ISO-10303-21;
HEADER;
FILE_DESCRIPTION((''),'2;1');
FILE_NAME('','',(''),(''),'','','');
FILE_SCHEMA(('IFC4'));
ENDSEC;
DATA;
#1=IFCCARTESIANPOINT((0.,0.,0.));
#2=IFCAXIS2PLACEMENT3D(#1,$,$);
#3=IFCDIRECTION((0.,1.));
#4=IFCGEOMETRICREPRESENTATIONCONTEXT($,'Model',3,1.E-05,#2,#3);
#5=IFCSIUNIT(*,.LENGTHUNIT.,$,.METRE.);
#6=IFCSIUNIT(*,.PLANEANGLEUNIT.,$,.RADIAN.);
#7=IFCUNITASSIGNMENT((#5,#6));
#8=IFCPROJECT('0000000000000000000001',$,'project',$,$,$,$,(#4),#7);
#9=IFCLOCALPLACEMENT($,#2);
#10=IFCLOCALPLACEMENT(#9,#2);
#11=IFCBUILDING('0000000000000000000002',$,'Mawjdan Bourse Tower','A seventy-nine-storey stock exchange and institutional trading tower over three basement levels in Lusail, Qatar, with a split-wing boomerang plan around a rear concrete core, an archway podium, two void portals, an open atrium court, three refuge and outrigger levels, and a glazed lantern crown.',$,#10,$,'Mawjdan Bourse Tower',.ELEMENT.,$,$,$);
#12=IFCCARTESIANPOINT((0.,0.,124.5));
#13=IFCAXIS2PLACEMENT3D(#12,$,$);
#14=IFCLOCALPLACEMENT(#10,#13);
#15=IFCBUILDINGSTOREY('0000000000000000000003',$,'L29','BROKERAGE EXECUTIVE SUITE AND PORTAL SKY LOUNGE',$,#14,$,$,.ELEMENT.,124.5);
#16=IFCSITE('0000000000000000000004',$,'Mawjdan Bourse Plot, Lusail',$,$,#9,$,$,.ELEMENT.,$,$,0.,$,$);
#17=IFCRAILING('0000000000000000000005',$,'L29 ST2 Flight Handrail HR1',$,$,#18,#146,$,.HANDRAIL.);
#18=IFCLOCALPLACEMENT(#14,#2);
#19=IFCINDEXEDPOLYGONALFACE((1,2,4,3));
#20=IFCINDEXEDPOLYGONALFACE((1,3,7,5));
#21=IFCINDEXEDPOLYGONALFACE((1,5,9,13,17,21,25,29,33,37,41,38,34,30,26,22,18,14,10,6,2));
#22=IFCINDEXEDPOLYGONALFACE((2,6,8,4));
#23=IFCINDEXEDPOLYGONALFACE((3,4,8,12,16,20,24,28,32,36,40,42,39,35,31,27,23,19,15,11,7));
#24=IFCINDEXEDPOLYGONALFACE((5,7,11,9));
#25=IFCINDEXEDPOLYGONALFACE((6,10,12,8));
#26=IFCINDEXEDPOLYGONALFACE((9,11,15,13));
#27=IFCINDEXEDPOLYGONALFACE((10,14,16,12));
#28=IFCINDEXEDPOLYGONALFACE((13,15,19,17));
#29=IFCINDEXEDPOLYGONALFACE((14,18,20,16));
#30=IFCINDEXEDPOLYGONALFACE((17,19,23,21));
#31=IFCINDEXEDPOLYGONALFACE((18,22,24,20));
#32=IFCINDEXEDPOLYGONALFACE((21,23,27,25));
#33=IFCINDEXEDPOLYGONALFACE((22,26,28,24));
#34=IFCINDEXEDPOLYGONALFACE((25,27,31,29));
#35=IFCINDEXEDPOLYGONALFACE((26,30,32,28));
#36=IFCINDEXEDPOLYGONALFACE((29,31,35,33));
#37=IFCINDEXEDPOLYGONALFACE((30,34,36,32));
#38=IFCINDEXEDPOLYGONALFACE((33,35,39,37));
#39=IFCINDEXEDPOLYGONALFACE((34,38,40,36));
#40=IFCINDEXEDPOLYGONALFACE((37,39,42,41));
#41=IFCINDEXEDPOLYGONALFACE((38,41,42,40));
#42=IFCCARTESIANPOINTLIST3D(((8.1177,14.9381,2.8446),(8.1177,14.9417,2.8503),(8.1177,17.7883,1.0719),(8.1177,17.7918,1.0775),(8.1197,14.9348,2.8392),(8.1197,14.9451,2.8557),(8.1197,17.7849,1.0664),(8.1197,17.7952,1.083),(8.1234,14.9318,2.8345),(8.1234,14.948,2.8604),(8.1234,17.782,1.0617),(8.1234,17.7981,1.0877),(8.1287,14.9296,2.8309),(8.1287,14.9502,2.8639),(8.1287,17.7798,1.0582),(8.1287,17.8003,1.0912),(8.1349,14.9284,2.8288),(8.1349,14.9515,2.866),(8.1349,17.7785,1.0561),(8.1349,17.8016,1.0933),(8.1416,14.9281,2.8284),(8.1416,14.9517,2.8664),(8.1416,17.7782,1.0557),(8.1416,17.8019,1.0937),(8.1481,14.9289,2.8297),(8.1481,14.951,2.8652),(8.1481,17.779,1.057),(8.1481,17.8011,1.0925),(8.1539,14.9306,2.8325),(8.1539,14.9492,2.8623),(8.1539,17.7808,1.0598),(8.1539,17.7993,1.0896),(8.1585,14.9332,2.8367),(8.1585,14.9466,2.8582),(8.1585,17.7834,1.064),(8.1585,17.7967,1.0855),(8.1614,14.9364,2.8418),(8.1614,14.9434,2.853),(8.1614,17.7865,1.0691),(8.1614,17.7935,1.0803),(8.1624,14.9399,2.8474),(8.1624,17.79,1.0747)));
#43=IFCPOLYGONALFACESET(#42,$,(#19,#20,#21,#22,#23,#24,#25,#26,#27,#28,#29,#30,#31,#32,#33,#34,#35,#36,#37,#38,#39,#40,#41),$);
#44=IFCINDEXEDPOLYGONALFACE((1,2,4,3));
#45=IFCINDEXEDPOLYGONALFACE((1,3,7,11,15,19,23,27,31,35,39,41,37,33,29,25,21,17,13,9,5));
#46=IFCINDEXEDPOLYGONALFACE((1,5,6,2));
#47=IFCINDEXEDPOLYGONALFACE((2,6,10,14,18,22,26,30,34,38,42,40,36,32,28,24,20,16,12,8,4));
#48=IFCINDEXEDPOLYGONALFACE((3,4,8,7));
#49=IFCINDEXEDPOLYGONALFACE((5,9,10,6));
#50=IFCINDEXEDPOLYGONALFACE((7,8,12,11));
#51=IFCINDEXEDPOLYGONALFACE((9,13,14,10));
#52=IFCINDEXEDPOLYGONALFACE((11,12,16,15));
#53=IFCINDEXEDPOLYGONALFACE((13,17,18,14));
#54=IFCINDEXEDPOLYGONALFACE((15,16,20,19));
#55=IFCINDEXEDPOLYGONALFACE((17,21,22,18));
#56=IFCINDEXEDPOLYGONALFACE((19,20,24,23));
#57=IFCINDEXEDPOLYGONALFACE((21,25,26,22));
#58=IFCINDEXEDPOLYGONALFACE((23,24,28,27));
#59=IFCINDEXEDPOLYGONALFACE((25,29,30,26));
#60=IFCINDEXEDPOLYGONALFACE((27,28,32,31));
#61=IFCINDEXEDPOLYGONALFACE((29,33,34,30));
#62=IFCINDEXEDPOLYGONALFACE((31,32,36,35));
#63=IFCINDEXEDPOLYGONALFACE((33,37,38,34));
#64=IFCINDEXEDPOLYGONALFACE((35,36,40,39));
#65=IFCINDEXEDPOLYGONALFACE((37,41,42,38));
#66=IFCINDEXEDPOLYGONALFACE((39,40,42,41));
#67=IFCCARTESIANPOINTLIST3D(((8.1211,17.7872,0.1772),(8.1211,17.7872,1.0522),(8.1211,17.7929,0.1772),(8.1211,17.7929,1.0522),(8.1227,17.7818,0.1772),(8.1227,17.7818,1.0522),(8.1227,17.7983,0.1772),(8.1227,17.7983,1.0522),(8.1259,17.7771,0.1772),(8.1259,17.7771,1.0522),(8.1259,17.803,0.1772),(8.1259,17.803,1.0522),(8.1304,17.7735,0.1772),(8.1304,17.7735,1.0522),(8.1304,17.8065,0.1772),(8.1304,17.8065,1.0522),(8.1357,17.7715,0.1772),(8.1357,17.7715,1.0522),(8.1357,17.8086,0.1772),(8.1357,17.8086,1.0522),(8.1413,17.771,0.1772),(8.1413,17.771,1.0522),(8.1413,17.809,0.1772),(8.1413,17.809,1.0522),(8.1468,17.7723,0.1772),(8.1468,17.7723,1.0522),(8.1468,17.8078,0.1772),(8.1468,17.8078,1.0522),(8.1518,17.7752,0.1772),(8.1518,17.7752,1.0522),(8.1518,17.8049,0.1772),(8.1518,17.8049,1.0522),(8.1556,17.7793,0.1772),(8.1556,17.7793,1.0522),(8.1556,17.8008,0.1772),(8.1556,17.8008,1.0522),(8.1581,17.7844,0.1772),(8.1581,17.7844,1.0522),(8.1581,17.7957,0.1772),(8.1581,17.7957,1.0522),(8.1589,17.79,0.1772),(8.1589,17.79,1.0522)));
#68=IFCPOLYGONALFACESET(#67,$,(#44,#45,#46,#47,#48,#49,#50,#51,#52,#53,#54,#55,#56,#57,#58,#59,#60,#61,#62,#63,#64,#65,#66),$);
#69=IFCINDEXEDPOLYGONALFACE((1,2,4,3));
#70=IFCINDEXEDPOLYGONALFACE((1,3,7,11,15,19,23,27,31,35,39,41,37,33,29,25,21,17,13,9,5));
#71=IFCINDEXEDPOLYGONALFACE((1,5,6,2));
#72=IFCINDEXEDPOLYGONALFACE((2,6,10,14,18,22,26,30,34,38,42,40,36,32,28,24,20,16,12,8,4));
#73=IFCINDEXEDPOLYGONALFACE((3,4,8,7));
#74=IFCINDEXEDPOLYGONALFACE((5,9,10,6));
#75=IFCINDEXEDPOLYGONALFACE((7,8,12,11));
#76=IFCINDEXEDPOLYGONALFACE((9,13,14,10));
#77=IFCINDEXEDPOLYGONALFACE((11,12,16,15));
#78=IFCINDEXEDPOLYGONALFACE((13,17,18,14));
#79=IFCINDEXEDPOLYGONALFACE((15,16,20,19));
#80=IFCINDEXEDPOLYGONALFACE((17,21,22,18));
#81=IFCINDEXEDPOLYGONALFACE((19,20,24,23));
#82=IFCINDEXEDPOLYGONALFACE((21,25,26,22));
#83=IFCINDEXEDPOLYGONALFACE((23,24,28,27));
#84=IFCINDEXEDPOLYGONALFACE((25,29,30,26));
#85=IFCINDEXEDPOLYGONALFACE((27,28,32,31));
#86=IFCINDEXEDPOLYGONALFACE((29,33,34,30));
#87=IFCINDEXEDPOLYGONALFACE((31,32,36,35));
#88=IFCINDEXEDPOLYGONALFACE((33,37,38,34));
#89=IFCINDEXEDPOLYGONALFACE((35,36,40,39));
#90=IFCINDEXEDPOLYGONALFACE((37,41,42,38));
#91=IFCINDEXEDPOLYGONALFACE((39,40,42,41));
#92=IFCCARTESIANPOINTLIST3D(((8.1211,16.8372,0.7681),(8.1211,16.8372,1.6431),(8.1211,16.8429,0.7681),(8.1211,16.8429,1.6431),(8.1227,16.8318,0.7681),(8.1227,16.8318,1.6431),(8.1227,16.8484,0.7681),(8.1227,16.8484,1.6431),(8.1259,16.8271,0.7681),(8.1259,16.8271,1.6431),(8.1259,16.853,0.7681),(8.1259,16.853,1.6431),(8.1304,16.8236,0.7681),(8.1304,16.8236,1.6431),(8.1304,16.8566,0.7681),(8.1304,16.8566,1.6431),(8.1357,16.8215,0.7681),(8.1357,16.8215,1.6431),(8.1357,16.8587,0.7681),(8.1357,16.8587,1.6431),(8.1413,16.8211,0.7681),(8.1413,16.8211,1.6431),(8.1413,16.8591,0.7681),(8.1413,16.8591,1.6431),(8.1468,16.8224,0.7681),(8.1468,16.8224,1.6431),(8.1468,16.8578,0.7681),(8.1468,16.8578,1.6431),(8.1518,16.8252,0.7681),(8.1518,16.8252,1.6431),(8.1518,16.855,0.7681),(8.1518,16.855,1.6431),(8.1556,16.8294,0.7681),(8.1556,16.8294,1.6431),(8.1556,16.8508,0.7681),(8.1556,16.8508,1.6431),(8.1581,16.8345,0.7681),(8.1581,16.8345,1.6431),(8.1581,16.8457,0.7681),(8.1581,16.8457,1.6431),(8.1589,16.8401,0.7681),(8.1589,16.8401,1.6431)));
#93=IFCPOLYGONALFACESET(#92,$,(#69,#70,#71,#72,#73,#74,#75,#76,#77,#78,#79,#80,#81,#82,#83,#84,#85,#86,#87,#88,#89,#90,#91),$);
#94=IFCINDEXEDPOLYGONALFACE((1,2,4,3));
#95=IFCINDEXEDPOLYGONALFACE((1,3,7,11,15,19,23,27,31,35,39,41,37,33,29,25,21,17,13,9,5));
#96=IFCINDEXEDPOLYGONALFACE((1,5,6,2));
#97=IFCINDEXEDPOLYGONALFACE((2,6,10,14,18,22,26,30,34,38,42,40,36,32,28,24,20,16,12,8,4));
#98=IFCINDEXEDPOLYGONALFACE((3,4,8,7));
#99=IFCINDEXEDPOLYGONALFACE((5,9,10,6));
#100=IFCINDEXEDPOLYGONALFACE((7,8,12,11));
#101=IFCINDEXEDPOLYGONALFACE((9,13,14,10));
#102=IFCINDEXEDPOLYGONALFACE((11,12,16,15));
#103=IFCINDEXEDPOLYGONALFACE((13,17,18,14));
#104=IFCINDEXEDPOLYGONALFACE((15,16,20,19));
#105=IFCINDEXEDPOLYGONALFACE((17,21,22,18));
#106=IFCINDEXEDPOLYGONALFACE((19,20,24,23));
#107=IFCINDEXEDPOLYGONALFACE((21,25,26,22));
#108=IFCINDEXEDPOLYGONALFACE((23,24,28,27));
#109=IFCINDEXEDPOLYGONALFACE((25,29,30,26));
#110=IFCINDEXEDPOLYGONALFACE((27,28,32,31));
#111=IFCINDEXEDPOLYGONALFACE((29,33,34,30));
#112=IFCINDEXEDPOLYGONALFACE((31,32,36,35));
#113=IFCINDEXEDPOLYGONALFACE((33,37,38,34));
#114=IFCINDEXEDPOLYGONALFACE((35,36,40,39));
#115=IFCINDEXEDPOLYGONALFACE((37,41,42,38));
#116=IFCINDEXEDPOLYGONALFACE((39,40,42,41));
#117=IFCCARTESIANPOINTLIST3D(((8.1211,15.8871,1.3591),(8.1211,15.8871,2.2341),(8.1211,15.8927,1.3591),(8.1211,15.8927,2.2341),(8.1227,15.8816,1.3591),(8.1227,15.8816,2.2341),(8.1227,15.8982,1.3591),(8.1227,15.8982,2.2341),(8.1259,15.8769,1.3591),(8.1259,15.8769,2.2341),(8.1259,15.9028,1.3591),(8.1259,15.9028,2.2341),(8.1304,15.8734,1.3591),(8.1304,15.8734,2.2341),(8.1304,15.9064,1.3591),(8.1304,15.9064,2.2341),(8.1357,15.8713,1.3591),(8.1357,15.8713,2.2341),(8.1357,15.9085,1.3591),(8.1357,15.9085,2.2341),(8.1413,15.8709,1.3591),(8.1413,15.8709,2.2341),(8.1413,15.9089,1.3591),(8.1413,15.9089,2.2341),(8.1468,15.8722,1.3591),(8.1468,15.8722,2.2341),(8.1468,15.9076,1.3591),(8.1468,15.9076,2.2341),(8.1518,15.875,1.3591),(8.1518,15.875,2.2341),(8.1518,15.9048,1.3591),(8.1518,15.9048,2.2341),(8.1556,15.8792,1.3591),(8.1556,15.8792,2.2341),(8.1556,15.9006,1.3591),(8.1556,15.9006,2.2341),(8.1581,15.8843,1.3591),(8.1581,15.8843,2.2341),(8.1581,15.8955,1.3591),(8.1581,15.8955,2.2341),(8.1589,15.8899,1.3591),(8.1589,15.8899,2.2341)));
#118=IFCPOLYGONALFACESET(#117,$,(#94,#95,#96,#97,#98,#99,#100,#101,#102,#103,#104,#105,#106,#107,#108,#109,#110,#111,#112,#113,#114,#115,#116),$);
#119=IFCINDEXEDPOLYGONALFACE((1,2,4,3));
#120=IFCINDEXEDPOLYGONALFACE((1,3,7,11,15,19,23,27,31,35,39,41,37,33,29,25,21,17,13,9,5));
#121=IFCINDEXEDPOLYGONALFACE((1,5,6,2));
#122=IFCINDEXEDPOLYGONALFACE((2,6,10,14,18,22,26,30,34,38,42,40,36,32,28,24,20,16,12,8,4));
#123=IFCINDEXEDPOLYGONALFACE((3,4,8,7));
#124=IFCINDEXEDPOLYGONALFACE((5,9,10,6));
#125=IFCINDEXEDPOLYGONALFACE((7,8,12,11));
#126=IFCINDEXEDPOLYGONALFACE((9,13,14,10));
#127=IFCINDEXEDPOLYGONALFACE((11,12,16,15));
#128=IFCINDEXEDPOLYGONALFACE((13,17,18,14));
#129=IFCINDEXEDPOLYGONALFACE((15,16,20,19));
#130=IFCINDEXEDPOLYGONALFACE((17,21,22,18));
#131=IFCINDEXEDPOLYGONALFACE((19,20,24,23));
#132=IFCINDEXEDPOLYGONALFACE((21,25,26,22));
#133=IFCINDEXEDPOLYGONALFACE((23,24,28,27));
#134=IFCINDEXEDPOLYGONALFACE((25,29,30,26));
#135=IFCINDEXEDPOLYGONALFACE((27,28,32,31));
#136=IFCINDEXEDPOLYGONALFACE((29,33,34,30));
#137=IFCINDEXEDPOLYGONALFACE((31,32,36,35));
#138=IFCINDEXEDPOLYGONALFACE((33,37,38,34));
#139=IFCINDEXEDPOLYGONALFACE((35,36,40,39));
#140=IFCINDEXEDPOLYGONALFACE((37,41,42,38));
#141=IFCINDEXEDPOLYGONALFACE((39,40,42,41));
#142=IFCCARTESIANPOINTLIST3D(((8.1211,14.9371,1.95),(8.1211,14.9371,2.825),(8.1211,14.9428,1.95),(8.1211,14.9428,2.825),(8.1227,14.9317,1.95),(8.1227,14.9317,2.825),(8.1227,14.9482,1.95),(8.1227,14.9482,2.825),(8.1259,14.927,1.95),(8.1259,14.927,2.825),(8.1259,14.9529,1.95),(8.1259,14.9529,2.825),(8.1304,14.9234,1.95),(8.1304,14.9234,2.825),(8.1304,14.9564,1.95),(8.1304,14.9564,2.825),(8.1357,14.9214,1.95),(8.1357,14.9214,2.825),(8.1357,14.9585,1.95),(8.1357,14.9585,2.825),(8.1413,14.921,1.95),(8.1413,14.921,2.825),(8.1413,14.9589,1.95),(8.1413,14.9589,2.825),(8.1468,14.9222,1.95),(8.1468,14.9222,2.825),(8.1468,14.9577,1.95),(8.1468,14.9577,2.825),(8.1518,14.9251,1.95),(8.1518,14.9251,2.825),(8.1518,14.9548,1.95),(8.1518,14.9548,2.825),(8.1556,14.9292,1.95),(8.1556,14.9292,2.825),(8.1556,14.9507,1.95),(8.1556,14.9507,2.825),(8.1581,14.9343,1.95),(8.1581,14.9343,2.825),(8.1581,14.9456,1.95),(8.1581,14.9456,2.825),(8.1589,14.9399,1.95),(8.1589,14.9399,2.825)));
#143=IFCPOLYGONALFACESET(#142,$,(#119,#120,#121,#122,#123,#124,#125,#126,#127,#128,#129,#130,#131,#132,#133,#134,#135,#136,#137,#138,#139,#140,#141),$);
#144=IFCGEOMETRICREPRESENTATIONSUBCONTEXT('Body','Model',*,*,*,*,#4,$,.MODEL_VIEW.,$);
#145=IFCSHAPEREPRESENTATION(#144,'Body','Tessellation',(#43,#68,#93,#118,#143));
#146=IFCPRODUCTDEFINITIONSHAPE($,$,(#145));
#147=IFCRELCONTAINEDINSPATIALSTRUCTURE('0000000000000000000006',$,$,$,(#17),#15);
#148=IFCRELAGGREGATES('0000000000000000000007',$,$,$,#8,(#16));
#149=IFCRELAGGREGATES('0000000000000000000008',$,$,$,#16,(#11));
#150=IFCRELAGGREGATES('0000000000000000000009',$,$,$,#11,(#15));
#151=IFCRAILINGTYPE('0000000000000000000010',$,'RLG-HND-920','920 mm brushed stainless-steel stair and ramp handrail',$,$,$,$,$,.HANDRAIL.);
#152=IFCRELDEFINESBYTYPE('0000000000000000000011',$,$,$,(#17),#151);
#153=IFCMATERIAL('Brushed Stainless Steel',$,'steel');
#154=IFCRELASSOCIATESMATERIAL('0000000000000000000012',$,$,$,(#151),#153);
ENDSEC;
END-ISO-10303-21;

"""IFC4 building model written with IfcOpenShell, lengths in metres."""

from ifc_helpers import new_model, si_unit, direction, frame, origin, origin_2d, place, context, subcontext, project, spatial, circle, extrude, material, type_object, element, save


model = new_model("IFC4")

# Units and contexts
model_context = context("Model", 3, precision=1e-05, world=origin(), true_north=direction((0.0, 1.0)))
body_context = subcontext(model_context, "Body", "Model", "MODEL_VIEW")
ifc_project = project(units=[si_unit("LENGTHUNIT", "METRE"), si_unit("PLANEANGLEUNIT", "RADIAN")], contexts=[model_context])

# Site, building, storey
site_placement = place(None, origin())
site = spatial("IfcSite", under=ifc_project, at=site_placement, Name="Mawjdan Bourse Plot, Lusail", CompositionType="ELEMENT", RefElevation=0.0)
building_placement = place(site_placement, origin())
building = spatial("IfcBuilding", under=site, at=building_placement, Name="Mawjdan Bourse Tower", Description="A seventy-nine-storey stock exchange and institutional trading tower over three basement levels in Lusail, Qatar, with a split-wing boomerang plan around a rear concrete core, an archway podium, two void portals, an open atrium court, three refuge and outrigger levels, and a glazed lantern crown.", LongName="Mawjdan Bourse Tower", CompositionType="ELEMENT")
storey_placement = place(building_placement, frame((0.0, 0.0, 124.5)))
storey = spatial("IfcBuildingStorey", under=building, at=storey_placement, Name="L29", Description="BROKERAGE EXECUTIVE SUITE AND PORTAL SKY LOUNGE", CompositionType="ELEMENT", Elevation=124.5)

# Railing
ifc_material_1 = material(Name="Brushed Stainless Steel", Category="steel")
railing_type_1 = type_object("IfcRailingType", Name="RLG-HND-920", Description="920 mm brushed stainless-steel stair and ramp handrail", PredefinedType="HANDRAIL", material=ifc_material_1)
for number, where, name in (
    (1, (8.1399, 17.79, 0.1772), "L29 ST2 Flight Handrail HR1"),
):
    element("IfcRailing", number, at=place(storey_placement, frame(where)), inside=storey, type_object=railing_type_1, Name=name, PredefinedType="HANDRAIL", context=body_context, shape_type="SweptSolid", body=[
        extrude(circle(Radius=0.0225, at=origin_2d()), frame((0.0, 0.0, 0.8975), z_axis=(0.0, -0.849149, 0.528154), x_axis=(1.0, 0.0, 0.0)), (0.0, 0.0, 1.0), 3.3564),
        extrude(circle(Radius=0.019, at=origin_2d()), origin(), (0.0, 0.0, 1.0), 0.875),
        extrude(circle(Radius=0.019, at=origin_2d()), frame((0.0, -0.95, 0.5908)), (0.0, 0.0, 1.0), 0.875),
        extrude(circle(Radius=0.019, at=origin_2d()), frame((0.0, -1.9001, 1.1819)), (0.0, 0.0, 1.0), 0.875),
        extrude(circle(Radius=0.019, at=origin_2d()), frame((0.0, -2.8501, 1.7727)), (0.0, 0.0, 1.0), 0.875),
    ])

save(model, "model.ifc")
